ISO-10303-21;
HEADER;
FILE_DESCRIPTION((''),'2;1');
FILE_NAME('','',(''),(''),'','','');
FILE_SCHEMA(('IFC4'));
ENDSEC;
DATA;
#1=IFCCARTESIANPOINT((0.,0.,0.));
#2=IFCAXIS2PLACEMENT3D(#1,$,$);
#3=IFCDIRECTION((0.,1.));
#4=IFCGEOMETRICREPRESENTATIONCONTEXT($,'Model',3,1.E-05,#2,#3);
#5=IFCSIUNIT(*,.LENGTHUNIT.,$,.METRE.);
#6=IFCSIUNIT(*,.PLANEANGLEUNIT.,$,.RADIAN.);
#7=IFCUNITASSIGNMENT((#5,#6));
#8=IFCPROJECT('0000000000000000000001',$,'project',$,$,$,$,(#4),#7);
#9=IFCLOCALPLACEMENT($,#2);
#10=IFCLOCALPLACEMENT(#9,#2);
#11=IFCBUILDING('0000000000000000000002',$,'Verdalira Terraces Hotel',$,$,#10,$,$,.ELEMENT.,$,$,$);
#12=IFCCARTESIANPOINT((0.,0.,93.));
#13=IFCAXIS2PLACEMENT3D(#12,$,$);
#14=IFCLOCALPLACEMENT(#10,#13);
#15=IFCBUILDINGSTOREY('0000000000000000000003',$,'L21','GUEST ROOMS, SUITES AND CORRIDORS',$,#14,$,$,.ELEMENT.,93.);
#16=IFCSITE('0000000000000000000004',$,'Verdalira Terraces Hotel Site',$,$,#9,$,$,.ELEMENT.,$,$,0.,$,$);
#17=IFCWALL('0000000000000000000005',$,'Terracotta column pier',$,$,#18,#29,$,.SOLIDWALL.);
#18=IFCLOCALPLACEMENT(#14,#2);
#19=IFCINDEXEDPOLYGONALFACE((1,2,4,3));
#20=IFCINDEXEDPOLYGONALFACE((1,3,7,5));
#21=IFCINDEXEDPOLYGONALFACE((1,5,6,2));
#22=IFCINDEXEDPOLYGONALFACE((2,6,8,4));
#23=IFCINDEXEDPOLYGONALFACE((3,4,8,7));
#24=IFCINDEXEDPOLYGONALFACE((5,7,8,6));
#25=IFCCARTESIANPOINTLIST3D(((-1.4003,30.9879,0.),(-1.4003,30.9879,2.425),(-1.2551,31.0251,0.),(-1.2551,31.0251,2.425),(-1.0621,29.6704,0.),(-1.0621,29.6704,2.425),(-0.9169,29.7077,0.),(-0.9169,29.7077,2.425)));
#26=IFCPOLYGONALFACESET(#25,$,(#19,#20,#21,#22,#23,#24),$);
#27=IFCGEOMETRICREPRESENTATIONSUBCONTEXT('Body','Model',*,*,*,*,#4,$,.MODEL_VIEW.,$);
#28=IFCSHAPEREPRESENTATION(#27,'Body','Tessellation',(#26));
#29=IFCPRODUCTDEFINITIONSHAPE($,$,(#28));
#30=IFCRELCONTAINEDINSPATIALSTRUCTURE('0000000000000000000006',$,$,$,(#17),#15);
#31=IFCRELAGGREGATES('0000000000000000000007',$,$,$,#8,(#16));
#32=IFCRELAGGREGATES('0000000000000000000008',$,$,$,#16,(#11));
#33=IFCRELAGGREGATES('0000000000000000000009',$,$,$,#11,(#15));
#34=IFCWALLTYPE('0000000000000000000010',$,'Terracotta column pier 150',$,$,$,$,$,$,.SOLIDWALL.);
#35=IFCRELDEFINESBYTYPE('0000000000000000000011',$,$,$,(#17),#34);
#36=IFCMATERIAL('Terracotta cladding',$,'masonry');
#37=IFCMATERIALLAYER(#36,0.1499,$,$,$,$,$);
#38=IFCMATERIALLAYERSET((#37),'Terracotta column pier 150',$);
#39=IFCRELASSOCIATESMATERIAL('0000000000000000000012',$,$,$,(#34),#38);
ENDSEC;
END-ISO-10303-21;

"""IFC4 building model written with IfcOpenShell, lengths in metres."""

from ifc_helpers import new_model, si_unit, direction, frame, frame_2d, origin, place, context, subcontext, project, spatial, rectangle, extrude, material, layer, layer_set, type_object, element, save


model = new_model("IFC4")

# Units and contexts
model_context = context("Model", 3, precision=1e-05, world=origin(), true_north=direction((0.0, 1.0)))
body_context = subcontext(model_context, "Body", "Model", "MODEL_VIEW")
ifc_project = project(units=[si_unit("LENGTHUNIT", "METRE"), si_unit("PLANEANGLEUNIT", "RADIAN")], contexts=[model_context])

# Site, building, storey
site_placement = place(None, origin())
site = spatial("IfcSite", under=ifc_project, at=site_placement, Name="Verdalira Terraces Hotel Site", CompositionType="ELEMENT", RefElevation=0.0)
building_placement = place(site_placement, origin())
building = spatial("IfcBuilding", under=site, at=building_placement, Name="Verdalira Terraces Hotel", CompositionType="ELEMENT")
storey_placement = place(building_placement, frame((0.0, 0.0, 93.0)))
storey = spatial("IfcBuildingStorey", under=building, at=storey_placement, Name="L21", Description="GUEST ROOMS, SUITES AND CORRIDORS", CompositionType="ELEMENT", Elevation=93.0)

# Wall
ifc_material_1 = material(Name="Terracotta cladding", Category="masonry")
ifc_layer_1 = layer(ifc_material_1, 0.1499)
ifc_layer_set_1 = layer_set([ifc_layer_1], Name="Terracotta column pier 150")
wall_type_1 = type_object("IfcWallType", Name="Terracotta column pier 150", PredefinedType="SOLIDWALL", material=ifc_layer_set_1)
wall_1_placement = place(storey_placement, frame((-0.9895, 29.689, 0.0), z_axis=(0.0, 0.0, 1.0), x_axis=(-0.248613, 0.968603, 0.0)))
element("IfcWall", 1, at=wall_1_placement, inside=storey, type_object=wall_type_1, Name="Terracotta column pier", PredefinedType="SOLIDWALL", context=body_context, shape_type="SweptSolid", body=[
    extrude(rectangle(XDim=1.3601, YDim=0.1499, at=frame_2d((0.6802, 0.0))), origin(), (0.0, 0.0, 1.0), 2.425),
])

save(model, "model.ifc")
